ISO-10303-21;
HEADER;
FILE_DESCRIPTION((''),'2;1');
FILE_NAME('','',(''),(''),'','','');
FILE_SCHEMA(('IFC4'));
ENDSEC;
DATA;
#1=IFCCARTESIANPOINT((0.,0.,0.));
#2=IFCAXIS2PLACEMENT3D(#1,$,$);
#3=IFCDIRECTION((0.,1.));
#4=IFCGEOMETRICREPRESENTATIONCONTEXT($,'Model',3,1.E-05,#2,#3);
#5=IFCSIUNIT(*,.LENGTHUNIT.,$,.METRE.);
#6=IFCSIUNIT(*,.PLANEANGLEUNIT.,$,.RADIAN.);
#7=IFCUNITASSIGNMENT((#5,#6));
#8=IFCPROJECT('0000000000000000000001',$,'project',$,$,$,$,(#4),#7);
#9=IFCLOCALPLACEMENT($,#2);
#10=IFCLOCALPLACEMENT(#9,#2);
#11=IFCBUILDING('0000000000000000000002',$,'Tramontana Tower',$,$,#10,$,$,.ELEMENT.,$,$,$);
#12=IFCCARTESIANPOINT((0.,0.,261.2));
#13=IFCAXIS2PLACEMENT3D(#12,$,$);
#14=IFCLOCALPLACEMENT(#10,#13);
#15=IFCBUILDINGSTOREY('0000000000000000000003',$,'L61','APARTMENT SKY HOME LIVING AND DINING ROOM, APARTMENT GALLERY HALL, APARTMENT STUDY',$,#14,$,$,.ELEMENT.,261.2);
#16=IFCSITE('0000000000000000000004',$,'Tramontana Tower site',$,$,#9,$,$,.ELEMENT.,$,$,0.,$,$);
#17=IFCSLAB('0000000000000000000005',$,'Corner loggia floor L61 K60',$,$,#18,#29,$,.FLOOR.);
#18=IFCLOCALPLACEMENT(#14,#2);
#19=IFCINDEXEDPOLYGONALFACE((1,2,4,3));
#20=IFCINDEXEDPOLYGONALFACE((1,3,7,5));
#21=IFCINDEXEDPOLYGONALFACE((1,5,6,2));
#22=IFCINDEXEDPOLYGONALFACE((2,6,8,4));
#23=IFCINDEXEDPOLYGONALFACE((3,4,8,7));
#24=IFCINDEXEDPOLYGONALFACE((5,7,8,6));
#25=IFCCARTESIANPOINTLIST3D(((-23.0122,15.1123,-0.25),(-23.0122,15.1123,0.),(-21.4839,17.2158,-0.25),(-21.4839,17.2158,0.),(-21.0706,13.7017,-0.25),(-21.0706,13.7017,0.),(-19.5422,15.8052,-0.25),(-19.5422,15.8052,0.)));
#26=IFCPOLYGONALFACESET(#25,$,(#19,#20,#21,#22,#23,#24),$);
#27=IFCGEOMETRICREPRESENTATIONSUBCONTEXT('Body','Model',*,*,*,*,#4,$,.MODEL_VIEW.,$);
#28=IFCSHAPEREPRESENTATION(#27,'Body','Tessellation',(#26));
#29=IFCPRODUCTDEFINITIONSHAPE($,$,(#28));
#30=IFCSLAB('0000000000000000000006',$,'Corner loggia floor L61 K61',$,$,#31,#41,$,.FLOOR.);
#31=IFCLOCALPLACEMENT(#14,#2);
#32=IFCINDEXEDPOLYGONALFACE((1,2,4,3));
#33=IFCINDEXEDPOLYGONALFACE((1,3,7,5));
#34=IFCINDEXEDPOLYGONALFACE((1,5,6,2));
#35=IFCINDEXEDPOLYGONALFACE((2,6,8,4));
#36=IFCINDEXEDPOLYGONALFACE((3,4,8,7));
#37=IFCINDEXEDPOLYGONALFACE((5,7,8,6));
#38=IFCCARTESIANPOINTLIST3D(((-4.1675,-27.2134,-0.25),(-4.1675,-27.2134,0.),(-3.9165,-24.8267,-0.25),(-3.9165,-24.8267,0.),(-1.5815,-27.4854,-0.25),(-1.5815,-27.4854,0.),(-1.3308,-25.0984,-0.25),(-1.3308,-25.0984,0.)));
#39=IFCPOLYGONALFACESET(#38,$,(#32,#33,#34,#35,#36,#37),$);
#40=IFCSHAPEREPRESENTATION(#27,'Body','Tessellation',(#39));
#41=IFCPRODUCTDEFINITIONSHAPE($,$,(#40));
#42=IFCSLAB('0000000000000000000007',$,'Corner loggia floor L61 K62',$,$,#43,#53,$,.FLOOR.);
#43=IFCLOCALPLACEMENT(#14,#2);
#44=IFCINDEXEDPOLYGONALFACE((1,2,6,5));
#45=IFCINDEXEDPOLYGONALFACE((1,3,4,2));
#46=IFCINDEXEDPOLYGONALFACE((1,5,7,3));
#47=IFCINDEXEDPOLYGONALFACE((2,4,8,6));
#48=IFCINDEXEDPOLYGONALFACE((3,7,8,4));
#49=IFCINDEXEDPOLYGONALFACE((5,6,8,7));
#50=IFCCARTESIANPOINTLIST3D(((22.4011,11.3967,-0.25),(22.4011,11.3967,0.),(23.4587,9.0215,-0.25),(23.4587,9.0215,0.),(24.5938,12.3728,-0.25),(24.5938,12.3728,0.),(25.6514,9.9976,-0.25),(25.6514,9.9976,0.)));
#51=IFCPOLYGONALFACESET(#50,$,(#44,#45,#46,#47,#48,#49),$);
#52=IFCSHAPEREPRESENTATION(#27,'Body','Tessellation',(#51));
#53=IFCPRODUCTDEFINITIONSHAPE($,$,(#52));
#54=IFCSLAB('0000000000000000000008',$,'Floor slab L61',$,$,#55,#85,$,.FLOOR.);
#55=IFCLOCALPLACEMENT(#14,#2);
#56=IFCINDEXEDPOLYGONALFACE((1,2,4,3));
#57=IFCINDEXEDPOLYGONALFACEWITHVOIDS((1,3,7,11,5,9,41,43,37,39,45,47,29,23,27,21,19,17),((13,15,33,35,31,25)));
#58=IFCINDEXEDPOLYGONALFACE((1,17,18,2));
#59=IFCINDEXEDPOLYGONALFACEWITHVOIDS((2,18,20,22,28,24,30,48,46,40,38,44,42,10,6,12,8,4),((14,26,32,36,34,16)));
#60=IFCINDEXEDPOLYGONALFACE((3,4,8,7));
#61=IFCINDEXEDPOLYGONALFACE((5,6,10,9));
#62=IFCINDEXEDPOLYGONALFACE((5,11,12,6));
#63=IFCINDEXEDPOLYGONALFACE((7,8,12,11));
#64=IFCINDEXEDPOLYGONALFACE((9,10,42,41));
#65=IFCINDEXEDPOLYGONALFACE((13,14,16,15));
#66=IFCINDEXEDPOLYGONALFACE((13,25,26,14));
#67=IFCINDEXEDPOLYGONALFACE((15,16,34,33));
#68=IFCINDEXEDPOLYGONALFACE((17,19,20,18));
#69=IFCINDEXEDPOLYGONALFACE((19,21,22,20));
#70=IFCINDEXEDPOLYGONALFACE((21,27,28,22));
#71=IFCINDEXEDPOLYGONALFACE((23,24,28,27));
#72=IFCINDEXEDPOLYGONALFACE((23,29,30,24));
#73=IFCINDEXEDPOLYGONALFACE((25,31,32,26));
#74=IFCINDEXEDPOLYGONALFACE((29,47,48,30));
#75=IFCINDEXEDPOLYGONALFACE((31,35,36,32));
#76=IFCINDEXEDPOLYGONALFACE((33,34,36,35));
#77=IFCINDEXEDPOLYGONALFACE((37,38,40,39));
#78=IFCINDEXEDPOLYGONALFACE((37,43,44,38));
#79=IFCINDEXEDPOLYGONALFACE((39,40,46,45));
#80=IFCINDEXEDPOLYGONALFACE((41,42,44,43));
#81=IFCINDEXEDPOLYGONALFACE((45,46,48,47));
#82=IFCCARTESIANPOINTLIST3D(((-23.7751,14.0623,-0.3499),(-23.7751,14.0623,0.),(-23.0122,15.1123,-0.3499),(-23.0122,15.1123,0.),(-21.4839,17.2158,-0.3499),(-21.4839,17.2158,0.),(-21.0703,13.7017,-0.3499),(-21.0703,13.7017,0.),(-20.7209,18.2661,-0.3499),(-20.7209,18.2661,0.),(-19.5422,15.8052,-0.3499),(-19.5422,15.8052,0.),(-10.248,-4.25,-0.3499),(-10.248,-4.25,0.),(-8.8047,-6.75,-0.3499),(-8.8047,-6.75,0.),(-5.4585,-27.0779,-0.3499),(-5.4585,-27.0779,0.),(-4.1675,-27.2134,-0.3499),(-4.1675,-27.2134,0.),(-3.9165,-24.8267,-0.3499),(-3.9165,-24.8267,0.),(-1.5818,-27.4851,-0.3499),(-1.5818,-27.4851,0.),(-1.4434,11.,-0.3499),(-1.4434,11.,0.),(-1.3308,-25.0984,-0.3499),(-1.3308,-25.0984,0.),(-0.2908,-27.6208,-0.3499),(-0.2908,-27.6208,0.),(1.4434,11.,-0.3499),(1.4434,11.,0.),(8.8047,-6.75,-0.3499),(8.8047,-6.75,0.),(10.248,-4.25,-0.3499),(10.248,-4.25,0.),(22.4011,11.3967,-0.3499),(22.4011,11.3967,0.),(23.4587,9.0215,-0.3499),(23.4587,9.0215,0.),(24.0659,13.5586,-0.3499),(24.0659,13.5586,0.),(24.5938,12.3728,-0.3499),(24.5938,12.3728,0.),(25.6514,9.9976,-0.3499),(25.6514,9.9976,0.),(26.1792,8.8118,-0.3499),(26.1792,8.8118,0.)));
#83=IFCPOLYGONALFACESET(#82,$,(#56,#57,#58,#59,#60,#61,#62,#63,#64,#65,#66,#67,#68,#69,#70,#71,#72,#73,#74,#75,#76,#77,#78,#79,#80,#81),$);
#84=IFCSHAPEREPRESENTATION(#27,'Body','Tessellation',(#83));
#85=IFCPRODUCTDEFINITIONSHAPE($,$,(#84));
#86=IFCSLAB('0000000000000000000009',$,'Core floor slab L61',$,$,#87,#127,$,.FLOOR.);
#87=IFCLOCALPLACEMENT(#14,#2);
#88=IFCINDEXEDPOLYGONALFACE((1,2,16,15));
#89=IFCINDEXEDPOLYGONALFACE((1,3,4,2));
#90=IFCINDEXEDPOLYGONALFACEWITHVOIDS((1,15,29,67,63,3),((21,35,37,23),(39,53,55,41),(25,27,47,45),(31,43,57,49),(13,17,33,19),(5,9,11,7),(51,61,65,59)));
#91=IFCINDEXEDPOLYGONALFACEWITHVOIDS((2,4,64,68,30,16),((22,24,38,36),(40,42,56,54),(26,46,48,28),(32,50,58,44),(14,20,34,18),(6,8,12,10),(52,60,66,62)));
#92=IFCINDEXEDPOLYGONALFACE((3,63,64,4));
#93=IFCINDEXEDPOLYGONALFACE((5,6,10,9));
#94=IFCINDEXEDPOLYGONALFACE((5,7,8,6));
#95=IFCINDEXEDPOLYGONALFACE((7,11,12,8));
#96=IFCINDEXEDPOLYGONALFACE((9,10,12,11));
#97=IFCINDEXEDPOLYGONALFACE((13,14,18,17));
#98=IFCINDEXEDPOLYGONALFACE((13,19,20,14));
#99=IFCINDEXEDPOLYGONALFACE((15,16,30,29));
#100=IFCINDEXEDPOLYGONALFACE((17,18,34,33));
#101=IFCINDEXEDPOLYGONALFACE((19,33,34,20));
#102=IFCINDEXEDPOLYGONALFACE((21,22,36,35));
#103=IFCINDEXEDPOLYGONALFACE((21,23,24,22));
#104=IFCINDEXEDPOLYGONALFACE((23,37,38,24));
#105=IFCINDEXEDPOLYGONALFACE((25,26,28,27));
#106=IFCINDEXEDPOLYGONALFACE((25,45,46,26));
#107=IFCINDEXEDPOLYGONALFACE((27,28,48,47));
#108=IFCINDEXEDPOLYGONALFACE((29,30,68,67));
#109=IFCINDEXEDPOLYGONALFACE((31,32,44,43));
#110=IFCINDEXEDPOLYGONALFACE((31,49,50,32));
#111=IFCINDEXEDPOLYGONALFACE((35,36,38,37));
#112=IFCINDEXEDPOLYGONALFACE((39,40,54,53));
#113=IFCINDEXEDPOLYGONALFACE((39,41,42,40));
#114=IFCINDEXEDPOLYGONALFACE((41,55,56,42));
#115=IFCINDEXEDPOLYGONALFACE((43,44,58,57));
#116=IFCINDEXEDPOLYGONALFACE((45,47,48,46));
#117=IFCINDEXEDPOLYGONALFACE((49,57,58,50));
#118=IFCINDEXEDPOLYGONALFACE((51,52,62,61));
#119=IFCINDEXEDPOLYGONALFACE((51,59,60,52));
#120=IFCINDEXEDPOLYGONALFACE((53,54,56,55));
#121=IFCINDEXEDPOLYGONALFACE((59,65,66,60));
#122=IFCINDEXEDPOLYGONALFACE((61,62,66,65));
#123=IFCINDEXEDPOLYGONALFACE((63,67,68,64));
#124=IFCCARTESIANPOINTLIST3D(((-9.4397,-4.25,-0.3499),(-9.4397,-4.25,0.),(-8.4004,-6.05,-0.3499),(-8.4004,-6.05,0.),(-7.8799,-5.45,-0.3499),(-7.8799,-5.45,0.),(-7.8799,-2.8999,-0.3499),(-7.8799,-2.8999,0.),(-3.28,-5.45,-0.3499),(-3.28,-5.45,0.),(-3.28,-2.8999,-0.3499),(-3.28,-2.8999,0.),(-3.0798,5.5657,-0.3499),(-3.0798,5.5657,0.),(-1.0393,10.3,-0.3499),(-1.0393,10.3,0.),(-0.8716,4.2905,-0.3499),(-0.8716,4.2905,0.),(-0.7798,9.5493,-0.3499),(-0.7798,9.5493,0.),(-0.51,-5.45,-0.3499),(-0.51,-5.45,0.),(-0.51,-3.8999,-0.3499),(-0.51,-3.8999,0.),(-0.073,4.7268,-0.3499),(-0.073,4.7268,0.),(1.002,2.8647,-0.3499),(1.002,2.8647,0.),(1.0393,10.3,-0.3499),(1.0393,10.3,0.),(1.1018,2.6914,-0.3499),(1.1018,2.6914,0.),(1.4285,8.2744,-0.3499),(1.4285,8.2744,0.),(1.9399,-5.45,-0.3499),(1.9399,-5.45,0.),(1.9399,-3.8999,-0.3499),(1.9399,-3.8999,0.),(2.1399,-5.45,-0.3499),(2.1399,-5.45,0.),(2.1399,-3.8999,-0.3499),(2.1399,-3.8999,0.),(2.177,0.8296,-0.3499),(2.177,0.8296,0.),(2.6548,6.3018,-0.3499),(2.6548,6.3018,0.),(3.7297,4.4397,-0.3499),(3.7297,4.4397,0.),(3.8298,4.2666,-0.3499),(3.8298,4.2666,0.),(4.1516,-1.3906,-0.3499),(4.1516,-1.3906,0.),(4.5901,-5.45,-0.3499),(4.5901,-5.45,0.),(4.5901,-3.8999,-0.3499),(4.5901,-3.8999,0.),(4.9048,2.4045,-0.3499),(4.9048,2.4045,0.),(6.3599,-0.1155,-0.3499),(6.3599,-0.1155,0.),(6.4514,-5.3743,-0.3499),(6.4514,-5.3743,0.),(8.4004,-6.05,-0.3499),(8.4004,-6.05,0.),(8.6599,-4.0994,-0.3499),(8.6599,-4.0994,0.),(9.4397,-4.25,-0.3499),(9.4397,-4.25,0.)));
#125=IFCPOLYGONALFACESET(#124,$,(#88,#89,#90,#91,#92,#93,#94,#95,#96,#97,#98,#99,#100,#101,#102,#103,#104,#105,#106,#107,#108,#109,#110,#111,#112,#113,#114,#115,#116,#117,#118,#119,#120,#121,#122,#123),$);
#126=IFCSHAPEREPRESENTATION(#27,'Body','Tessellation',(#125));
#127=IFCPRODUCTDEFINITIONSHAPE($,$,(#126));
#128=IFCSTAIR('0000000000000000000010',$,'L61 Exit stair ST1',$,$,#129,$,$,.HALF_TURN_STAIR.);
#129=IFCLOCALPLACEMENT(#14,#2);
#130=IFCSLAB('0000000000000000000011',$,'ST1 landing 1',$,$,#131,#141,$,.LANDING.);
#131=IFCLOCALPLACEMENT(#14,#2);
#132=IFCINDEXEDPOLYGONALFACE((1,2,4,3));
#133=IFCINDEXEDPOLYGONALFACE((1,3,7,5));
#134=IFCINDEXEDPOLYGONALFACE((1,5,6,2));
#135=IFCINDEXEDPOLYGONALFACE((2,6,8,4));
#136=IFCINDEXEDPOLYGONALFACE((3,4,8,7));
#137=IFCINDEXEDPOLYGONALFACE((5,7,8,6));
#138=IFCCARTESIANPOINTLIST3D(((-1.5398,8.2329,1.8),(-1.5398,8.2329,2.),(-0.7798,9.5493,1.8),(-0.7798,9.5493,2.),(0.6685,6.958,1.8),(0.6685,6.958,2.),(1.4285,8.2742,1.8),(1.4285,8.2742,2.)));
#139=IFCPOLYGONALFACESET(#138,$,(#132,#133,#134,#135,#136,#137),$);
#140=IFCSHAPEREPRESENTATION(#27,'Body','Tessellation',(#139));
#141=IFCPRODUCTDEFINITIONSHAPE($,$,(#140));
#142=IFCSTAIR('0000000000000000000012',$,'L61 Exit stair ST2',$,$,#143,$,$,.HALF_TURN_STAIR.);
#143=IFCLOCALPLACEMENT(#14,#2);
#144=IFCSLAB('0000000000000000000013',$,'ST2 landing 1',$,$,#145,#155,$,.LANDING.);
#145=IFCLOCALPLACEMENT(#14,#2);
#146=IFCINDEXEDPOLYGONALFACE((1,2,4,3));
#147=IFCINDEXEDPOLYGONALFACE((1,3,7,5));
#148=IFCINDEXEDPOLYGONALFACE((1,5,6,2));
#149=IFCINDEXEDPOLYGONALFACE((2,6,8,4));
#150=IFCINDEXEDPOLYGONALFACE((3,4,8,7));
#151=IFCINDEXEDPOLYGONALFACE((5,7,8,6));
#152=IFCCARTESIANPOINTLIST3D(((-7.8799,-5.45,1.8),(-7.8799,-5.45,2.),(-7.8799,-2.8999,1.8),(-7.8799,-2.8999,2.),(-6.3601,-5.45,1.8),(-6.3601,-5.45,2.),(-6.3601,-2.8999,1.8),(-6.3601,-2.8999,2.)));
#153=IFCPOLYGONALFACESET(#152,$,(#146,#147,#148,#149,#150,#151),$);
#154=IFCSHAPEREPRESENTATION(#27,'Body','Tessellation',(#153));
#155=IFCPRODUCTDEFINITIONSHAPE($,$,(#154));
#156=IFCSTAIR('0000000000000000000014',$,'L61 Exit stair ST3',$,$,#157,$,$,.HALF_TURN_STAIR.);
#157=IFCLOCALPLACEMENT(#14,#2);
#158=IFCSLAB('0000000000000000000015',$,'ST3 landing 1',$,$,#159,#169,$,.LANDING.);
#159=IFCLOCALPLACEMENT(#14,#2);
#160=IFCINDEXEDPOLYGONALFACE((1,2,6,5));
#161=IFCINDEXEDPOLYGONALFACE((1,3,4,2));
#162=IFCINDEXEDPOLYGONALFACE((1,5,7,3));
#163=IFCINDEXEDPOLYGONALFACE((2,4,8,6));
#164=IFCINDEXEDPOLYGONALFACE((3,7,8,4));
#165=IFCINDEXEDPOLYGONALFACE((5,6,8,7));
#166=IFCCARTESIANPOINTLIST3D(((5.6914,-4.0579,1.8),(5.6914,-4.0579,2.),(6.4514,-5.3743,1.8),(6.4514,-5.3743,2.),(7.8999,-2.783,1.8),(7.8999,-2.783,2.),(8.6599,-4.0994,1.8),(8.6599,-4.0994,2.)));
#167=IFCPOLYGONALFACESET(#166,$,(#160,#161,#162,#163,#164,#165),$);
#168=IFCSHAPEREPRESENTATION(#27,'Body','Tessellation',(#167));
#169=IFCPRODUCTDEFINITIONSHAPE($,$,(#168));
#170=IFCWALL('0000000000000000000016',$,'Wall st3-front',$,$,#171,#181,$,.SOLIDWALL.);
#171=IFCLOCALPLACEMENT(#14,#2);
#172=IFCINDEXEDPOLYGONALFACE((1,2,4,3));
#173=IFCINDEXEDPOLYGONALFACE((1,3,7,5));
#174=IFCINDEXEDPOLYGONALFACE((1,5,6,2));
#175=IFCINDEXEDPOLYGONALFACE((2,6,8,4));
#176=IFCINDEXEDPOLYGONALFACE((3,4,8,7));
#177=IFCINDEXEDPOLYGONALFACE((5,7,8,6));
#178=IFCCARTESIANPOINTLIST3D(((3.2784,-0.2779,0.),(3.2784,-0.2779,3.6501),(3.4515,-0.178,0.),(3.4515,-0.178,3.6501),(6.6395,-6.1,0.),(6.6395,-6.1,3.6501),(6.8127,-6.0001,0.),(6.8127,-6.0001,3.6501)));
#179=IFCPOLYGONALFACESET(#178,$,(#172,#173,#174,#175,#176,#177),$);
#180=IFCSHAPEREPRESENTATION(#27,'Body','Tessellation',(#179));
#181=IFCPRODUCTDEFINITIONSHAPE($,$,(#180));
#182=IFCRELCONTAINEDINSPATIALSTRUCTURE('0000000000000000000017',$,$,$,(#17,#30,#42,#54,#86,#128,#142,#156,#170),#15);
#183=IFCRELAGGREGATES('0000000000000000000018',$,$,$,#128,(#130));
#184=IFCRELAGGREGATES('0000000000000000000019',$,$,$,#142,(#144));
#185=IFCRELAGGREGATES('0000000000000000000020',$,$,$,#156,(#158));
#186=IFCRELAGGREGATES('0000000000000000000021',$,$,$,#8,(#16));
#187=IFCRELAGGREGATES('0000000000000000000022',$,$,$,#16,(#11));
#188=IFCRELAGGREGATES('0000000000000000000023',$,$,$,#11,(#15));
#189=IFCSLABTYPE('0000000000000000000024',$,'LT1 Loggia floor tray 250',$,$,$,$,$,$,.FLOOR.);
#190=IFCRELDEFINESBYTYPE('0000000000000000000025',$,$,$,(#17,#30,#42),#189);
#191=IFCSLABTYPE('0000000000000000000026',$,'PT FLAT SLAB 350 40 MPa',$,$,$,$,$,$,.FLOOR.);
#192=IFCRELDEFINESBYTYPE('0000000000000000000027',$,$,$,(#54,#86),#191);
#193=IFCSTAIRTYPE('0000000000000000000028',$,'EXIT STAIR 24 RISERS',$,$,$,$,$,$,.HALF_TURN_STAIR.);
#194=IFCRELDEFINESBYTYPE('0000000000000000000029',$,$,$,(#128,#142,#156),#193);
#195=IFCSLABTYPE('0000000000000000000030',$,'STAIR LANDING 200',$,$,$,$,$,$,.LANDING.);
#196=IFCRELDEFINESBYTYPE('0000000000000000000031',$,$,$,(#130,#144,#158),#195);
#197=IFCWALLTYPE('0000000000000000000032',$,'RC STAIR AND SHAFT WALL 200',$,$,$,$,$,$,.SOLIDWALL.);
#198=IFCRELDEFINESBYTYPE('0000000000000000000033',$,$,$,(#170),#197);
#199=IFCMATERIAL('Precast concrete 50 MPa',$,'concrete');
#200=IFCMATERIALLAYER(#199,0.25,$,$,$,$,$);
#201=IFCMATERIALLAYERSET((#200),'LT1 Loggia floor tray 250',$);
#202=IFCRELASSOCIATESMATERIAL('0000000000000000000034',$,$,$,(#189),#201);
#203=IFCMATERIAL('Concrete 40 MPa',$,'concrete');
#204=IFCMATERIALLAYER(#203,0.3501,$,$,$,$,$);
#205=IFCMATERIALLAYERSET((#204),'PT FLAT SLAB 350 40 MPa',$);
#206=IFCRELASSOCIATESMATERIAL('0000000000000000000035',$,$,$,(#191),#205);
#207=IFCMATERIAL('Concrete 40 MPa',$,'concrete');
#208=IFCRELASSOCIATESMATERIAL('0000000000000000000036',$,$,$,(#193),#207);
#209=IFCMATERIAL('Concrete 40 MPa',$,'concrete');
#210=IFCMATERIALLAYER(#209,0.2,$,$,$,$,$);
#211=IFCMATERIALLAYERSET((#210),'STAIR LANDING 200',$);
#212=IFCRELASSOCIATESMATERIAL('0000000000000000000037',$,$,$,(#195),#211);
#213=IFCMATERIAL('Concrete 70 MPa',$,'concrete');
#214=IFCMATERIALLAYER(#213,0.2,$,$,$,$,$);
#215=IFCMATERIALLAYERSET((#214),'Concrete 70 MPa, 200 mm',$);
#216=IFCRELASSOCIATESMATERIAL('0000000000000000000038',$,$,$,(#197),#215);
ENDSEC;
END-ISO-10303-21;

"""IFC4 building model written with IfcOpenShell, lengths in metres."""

from ifc_helpers import new_model, si_unit, direction, frame, frame_2d, origin, place, context, subcontext, project, spatial, polyline, rectangle, outline, extrude, material, layer, layer_set, type_object, element, aggregate, save


model = new_model("IFC4")

# Units and contexts
model_context = context("Model", 3, precision=1e-05, world=origin(), true_north=direction((0.0, 1.0)))
body_context = subcontext(model_context, "Body", "Model", "MODEL_VIEW")
ifc_project = project(units=[si_unit("LENGTHUNIT", "METRE"), si_unit("PLANEANGLEUNIT", "RADIAN")], contexts=[model_context])

# Site, building, storey
site_placement = place(None, origin())
site = spatial("IfcSite", under=ifc_project, at=site_placement, Name="Tramontana Tower site", CompositionType="ELEMENT", RefElevation=0.0)
building_placement = place(site_placement, origin())
building = spatial("IfcBuilding", under=site, at=building_placement, Name="Tramontana Tower", CompositionType="ELEMENT")
storey_placement = place(building_placement, frame((0.0, 0.0, 261.2)))
storey = spatial("IfcBuildingStorey", under=building, at=storey_placement, Name="L61", Description="APARTMENT SKY HOME LIVING AND DINING ROOM, APARTMENT GALLERY HALL, APARTMENT STUDY", CompositionType="ELEMENT", Elevation=261.2)

# Slabs
ifc_material_1 = material(Name="Precast concrete 50 MPa", Category="concrete")
ifc_layer_1 = layer(ifc_material_1, 0.25)
ifc_layer_set_1 = layer_set([ifc_layer_1], Name="LT1 Loggia floor tray 250")
slab_type_1 = type_object("IfcSlabType", Name="LT1 Loggia floor tray 250", PredefinedType="FLOOR", material=ifc_layer_set_1)
slab_1_placement = place(storey_placement, frame((0.0, 0.0, -0.25)))
element("IfcSlab", 1, at=slab_1_placement, inside=storey, type_object=slab_type_1, Name="Corner loggia floor L61 K60", PredefinedType="FLOOR", context=body_context, shape_type="SweptSolid", body=[
    extrude(outline(polyline([(-21.4839, 17.2158), (-19.5422, 15.8052), (-21.0706, 13.7017), (-23.0122, 15.1123), (-21.4839, 17.2158)])), origin(), (0.0, 0.0, 1.0), 0.25),
])
slab_2_placement = place(storey_placement, frame((0.0, 0.0, -0.25)))
element("IfcSlab", 2, at=slab_2_placement, inside=storey, type_object=slab_type_1, Name="Corner loggia floor L61 K61", PredefinedType="FLOOR", context=body_context, shape_type="SweptSolid", body=[
    extrude(outline(polyline([(-4.1675, -27.2134), (-3.9165, -24.8267), (-1.3308, -25.0984), (-1.5815, -27.4854), (-4.1675, -27.2134)])), origin(), (0.0, 0.0, 1.0), 0.25),
])
slab_3_placement = place(storey_placement, frame((0.0, 0.0, -0.25)))
element("IfcSlab", 3, at=slab_3_placement, inside=storey, type_object=slab_type_1, Name="Corner loggia floor L61 K62", PredefinedType="FLOOR", context=body_context, shape_type="SweptSolid", body=[
    extrude(outline(polyline([(25.6514, 9.9976), (23.4587, 9.0215), (22.4011, 11.3967), (24.5938, 12.3728), (25.6514, 9.9976)])), origin(), (0.0, 0.0, 1.0), 0.25),
])
ifc_material_2 = material(Name="Concrete 40 MPa", Category="concrete")
ifc_layer_2 = layer(ifc_material_2, 0.3501)
ifc_layer_set_2 = layer_set([ifc_layer_2], Name="PT FLAT SLAB 350 40 MPa")
slab_type_2 = type_object("IfcSlabType", Name="PT FLAT SLAB 350 40 MPa", PredefinedType="FLOOR", material=ifc_layer_set_2)
slab_4_placement = place(storey_placement, frame((0.0, 0.0, -0.3499)))
element("IfcSlab", 4, at=slab_4_placement, inside=storey, type_object=slab_type_2, Name="Floor slab L61", PredefinedType="FLOOR", context=body_context, shape_type="SweptSolid", body=[
    extrude(outline(polyline([(24.5938, 12.3728), (22.4011, 11.3967), (23.4587, 9.0215), (25.6514, 9.9976), (26.1792, 8.8118), (-0.2908, -27.6208), (-1.5818, -27.4851), (-1.3308, -25.0984), (-3.9165, -24.8267), (-4.1675, -27.2134), (-5.4585, -27.0779), (-23.7751, 14.0623), (-23.0122, 15.1123), (-21.0703, 13.7017), (-19.5422, 15.8052), (-21.4839, 17.2158), (-20.7209, 18.2661), (24.0659, 13.5586), (24.5938, 12.3728)]), holes=[polyline([(-10.248, -4.25), (-8.8047, -6.75), (8.8047, -6.75), (10.248, -4.25), (1.4434, 11.0), (-1.4434, 11.0), (-10.248, -4.25)])]), origin(), (0.0, 0.0, 1.0), 0.3499),
])
slab_5_placement = place(storey_placement, frame((0.0, 0.0, -0.3499)))
element("IfcSlab", 5, at=slab_5_placement, inside=storey, type_object=slab_type_2, Name="Core floor slab L61", PredefinedType="FLOOR", context=body_context, shape_type="SweptSolid", body=[
    extrude(outline(polyline([(9.4397, -4.25), (8.4004, -6.05), (-8.4004, -6.05), (-9.4397, -4.25), (-1.0393, 10.3), (1.0393, 10.3), (9.4397, -4.25)]), holes=[polyline([(8.6599, -4.0994), (6.3599, -0.1155), (4.1516, -1.3906), (6.4514, -5.3743), (8.6599, -4.0994)]), polyline([(3.8298, 4.2666), (1.1018, 2.6914), (2.177, 0.8296), (4.9048, 2.4045), (3.8298, 4.2666)]), polyline([(4.5901, -3.8999), (2.1399, -3.8999), (2.1399, -5.45), (4.5901, -5.45), (4.5901, -3.8999)]), polyline([(2.6548, 6.3018), (-0.073, 4.7268), (1.002, 2.8647), (3.7297, 4.4397), (2.6548, 6.3018)]), polyline([(1.9399, -5.45), (1.9399, -3.8999), (-0.51, -3.8999), (-0.51, -5.45), (1.9399, -5.45)]), polyline([(-0.7798, 9.5493), (-3.0798, 5.5657), (-0.8716, 4.2905), (1.4285, 8.2744), (-0.7798, 9.5493)]), polyline([(-7.8799, -5.45), (-3.28, -5.45), (-3.28, -2.8999), (-7.8799, -2.8999), (-7.8799, -5.45)])]), origin(), (0.0, 0.0, 1.0), 0.3499),
])

# Stairs, slabs
ifc_material_3 = material(Name="Concrete 40 MPa", Category="concrete")
stair_type = type_object("IfcStairType", Name="EXIT STAIR 24 RISERS", PredefinedType="HALF_TURN_STAIR", material=ifc_material_3)
stair_1_placement = place(storey_placement, origin())
stair_1 = element("IfcStair", 6, at=stair_1_placement, inside=storey, type_object=stair_type, Name="L61 Exit stair ST1", PredefinedType="HALF_TURN_STAIR")
ifc_material_4 = material(Name="Concrete 40 MPa", Category="concrete")
ifc_layer_3 = layer(ifc_material_4, 0.2)
ifc_layer_set_3 = layer_set([ifc_layer_3], Name="STAIR LANDING 200")
slab_type_3 = type_object("IfcSlabType", Name="STAIR LANDING 200", PredefinedType="LANDING", material=ifc_layer_set_3)
slab_6_placement = place(storey_placement, frame((0.0, 0.0, 1.8)))
slab_6 = element("IfcSlab", 7, at=slab_6_placement, type_object=slab_type_3, Name="ST1 landing 1", PredefinedType="LANDING", context=body_context, shape_type="SweptSolid", body=[
    extrude(outline(polyline([(0.6685, 6.958), (1.4285, 8.2742), (-0.7798, 9.5493), (-1.5398, 8.2329), (0.6685, 6.958)])), origin(), (0.0, 0.0, 1.0), 0.2),
])
aggregate(stair_1, [slab_6])
stair_2_placement = place(storey_placement, origin())
stair_2 = element("IfcStair", 8, at=stair_2_placement, inside=storey, type_object=stair_type, Name="L61 Exit stair ST2", PredefinedType="HALF_TURN_STAIR")
slab_7_placement = place(storey_placement, frame((0.0, 0.0, 1.8)))
slab_7 = element("IfcSlab", 9, at=slab_7_placement, type_object=slab_type_3, Name="ST2 landing 1", PredefinedType="LANDING", context=body_context, shape_type="SweptSolid", body=[
    extrude(outline(polyline([(-6.3601, -2.8999), (-7.8799, -2.8999), (-7.8799, -5.45), (-6.3601, -5.45), (-6.3601, -2.8999)])), origin(), (0.0, 0.0, 1.0), 0.2),
])
aggregate(stair_2, [slab_7])
stair_3_placement = place(storey_placement, origin())
stair_3 = element("IfcStair", 10, at=stair_3_placement, inside=storey, type_object=stair_type, Name="L61 Exit stair ST3", PredefinedType="HALF_TURN_STAIR")
slab_8_placement = place(storey_placement, frame((0.0, 0.0, 1.8)))
slab_8 = element("IfcSlab", 11, at=slab_8_placement, type_object=slab_type_3, Name="ST3 landing 1", PredefinedType="LANDING", context=body_context, shape_type="SweptSolid", body=[
    extrude(outline(polyline([(5.6914, -4.0579), (6.4514, -5.3743), (8.6599, -4.0994), (7.8999, -2.783), (5.6914, -4.0579)])), origin(), (0.0, 0.0, 1.0), 0.2),
])

# Wall
ifc_material_5 = material(Name="Concrete 70 MPa", Category="concrete")
ifc_layer_4 = layer(ifc_material_5, 0.2)
ifc_layer_set_4 = layer_set([ifc_layer_4], Name="Concrete 70 MPa, 200 mm")
wall_type = type_object("IfcWallType", Name="RC STAIR AND SHAFT WALL 200", PredefinedType="SOLIDWALL", material=ifc_layer_set_4)
wall_1_placement = place(storey_placement, frame((6.7261, -6.05, 0.0), z_axis=(0.0, 0.0, 1.0), x_axis=(-0.499971, 0.866042, 0.0)))
element("IfcWall", 12, at=wall_1_placement, inside=storey, type_object=wall_type, Name="Wall st3-front", PredefinedType="SOLIDWALL", context=body_context, shape_type="SweptSolid", body=[
    extrude(rectangle(XDim=6.7227, YDim=0.2, at=frame_2d((3.3613, 0.0))), origin(), (0.0, 0.0, 1.0), 3.6501),
])

aggregate(stair_3, [slab_8])

save(model, "model.ifc")
